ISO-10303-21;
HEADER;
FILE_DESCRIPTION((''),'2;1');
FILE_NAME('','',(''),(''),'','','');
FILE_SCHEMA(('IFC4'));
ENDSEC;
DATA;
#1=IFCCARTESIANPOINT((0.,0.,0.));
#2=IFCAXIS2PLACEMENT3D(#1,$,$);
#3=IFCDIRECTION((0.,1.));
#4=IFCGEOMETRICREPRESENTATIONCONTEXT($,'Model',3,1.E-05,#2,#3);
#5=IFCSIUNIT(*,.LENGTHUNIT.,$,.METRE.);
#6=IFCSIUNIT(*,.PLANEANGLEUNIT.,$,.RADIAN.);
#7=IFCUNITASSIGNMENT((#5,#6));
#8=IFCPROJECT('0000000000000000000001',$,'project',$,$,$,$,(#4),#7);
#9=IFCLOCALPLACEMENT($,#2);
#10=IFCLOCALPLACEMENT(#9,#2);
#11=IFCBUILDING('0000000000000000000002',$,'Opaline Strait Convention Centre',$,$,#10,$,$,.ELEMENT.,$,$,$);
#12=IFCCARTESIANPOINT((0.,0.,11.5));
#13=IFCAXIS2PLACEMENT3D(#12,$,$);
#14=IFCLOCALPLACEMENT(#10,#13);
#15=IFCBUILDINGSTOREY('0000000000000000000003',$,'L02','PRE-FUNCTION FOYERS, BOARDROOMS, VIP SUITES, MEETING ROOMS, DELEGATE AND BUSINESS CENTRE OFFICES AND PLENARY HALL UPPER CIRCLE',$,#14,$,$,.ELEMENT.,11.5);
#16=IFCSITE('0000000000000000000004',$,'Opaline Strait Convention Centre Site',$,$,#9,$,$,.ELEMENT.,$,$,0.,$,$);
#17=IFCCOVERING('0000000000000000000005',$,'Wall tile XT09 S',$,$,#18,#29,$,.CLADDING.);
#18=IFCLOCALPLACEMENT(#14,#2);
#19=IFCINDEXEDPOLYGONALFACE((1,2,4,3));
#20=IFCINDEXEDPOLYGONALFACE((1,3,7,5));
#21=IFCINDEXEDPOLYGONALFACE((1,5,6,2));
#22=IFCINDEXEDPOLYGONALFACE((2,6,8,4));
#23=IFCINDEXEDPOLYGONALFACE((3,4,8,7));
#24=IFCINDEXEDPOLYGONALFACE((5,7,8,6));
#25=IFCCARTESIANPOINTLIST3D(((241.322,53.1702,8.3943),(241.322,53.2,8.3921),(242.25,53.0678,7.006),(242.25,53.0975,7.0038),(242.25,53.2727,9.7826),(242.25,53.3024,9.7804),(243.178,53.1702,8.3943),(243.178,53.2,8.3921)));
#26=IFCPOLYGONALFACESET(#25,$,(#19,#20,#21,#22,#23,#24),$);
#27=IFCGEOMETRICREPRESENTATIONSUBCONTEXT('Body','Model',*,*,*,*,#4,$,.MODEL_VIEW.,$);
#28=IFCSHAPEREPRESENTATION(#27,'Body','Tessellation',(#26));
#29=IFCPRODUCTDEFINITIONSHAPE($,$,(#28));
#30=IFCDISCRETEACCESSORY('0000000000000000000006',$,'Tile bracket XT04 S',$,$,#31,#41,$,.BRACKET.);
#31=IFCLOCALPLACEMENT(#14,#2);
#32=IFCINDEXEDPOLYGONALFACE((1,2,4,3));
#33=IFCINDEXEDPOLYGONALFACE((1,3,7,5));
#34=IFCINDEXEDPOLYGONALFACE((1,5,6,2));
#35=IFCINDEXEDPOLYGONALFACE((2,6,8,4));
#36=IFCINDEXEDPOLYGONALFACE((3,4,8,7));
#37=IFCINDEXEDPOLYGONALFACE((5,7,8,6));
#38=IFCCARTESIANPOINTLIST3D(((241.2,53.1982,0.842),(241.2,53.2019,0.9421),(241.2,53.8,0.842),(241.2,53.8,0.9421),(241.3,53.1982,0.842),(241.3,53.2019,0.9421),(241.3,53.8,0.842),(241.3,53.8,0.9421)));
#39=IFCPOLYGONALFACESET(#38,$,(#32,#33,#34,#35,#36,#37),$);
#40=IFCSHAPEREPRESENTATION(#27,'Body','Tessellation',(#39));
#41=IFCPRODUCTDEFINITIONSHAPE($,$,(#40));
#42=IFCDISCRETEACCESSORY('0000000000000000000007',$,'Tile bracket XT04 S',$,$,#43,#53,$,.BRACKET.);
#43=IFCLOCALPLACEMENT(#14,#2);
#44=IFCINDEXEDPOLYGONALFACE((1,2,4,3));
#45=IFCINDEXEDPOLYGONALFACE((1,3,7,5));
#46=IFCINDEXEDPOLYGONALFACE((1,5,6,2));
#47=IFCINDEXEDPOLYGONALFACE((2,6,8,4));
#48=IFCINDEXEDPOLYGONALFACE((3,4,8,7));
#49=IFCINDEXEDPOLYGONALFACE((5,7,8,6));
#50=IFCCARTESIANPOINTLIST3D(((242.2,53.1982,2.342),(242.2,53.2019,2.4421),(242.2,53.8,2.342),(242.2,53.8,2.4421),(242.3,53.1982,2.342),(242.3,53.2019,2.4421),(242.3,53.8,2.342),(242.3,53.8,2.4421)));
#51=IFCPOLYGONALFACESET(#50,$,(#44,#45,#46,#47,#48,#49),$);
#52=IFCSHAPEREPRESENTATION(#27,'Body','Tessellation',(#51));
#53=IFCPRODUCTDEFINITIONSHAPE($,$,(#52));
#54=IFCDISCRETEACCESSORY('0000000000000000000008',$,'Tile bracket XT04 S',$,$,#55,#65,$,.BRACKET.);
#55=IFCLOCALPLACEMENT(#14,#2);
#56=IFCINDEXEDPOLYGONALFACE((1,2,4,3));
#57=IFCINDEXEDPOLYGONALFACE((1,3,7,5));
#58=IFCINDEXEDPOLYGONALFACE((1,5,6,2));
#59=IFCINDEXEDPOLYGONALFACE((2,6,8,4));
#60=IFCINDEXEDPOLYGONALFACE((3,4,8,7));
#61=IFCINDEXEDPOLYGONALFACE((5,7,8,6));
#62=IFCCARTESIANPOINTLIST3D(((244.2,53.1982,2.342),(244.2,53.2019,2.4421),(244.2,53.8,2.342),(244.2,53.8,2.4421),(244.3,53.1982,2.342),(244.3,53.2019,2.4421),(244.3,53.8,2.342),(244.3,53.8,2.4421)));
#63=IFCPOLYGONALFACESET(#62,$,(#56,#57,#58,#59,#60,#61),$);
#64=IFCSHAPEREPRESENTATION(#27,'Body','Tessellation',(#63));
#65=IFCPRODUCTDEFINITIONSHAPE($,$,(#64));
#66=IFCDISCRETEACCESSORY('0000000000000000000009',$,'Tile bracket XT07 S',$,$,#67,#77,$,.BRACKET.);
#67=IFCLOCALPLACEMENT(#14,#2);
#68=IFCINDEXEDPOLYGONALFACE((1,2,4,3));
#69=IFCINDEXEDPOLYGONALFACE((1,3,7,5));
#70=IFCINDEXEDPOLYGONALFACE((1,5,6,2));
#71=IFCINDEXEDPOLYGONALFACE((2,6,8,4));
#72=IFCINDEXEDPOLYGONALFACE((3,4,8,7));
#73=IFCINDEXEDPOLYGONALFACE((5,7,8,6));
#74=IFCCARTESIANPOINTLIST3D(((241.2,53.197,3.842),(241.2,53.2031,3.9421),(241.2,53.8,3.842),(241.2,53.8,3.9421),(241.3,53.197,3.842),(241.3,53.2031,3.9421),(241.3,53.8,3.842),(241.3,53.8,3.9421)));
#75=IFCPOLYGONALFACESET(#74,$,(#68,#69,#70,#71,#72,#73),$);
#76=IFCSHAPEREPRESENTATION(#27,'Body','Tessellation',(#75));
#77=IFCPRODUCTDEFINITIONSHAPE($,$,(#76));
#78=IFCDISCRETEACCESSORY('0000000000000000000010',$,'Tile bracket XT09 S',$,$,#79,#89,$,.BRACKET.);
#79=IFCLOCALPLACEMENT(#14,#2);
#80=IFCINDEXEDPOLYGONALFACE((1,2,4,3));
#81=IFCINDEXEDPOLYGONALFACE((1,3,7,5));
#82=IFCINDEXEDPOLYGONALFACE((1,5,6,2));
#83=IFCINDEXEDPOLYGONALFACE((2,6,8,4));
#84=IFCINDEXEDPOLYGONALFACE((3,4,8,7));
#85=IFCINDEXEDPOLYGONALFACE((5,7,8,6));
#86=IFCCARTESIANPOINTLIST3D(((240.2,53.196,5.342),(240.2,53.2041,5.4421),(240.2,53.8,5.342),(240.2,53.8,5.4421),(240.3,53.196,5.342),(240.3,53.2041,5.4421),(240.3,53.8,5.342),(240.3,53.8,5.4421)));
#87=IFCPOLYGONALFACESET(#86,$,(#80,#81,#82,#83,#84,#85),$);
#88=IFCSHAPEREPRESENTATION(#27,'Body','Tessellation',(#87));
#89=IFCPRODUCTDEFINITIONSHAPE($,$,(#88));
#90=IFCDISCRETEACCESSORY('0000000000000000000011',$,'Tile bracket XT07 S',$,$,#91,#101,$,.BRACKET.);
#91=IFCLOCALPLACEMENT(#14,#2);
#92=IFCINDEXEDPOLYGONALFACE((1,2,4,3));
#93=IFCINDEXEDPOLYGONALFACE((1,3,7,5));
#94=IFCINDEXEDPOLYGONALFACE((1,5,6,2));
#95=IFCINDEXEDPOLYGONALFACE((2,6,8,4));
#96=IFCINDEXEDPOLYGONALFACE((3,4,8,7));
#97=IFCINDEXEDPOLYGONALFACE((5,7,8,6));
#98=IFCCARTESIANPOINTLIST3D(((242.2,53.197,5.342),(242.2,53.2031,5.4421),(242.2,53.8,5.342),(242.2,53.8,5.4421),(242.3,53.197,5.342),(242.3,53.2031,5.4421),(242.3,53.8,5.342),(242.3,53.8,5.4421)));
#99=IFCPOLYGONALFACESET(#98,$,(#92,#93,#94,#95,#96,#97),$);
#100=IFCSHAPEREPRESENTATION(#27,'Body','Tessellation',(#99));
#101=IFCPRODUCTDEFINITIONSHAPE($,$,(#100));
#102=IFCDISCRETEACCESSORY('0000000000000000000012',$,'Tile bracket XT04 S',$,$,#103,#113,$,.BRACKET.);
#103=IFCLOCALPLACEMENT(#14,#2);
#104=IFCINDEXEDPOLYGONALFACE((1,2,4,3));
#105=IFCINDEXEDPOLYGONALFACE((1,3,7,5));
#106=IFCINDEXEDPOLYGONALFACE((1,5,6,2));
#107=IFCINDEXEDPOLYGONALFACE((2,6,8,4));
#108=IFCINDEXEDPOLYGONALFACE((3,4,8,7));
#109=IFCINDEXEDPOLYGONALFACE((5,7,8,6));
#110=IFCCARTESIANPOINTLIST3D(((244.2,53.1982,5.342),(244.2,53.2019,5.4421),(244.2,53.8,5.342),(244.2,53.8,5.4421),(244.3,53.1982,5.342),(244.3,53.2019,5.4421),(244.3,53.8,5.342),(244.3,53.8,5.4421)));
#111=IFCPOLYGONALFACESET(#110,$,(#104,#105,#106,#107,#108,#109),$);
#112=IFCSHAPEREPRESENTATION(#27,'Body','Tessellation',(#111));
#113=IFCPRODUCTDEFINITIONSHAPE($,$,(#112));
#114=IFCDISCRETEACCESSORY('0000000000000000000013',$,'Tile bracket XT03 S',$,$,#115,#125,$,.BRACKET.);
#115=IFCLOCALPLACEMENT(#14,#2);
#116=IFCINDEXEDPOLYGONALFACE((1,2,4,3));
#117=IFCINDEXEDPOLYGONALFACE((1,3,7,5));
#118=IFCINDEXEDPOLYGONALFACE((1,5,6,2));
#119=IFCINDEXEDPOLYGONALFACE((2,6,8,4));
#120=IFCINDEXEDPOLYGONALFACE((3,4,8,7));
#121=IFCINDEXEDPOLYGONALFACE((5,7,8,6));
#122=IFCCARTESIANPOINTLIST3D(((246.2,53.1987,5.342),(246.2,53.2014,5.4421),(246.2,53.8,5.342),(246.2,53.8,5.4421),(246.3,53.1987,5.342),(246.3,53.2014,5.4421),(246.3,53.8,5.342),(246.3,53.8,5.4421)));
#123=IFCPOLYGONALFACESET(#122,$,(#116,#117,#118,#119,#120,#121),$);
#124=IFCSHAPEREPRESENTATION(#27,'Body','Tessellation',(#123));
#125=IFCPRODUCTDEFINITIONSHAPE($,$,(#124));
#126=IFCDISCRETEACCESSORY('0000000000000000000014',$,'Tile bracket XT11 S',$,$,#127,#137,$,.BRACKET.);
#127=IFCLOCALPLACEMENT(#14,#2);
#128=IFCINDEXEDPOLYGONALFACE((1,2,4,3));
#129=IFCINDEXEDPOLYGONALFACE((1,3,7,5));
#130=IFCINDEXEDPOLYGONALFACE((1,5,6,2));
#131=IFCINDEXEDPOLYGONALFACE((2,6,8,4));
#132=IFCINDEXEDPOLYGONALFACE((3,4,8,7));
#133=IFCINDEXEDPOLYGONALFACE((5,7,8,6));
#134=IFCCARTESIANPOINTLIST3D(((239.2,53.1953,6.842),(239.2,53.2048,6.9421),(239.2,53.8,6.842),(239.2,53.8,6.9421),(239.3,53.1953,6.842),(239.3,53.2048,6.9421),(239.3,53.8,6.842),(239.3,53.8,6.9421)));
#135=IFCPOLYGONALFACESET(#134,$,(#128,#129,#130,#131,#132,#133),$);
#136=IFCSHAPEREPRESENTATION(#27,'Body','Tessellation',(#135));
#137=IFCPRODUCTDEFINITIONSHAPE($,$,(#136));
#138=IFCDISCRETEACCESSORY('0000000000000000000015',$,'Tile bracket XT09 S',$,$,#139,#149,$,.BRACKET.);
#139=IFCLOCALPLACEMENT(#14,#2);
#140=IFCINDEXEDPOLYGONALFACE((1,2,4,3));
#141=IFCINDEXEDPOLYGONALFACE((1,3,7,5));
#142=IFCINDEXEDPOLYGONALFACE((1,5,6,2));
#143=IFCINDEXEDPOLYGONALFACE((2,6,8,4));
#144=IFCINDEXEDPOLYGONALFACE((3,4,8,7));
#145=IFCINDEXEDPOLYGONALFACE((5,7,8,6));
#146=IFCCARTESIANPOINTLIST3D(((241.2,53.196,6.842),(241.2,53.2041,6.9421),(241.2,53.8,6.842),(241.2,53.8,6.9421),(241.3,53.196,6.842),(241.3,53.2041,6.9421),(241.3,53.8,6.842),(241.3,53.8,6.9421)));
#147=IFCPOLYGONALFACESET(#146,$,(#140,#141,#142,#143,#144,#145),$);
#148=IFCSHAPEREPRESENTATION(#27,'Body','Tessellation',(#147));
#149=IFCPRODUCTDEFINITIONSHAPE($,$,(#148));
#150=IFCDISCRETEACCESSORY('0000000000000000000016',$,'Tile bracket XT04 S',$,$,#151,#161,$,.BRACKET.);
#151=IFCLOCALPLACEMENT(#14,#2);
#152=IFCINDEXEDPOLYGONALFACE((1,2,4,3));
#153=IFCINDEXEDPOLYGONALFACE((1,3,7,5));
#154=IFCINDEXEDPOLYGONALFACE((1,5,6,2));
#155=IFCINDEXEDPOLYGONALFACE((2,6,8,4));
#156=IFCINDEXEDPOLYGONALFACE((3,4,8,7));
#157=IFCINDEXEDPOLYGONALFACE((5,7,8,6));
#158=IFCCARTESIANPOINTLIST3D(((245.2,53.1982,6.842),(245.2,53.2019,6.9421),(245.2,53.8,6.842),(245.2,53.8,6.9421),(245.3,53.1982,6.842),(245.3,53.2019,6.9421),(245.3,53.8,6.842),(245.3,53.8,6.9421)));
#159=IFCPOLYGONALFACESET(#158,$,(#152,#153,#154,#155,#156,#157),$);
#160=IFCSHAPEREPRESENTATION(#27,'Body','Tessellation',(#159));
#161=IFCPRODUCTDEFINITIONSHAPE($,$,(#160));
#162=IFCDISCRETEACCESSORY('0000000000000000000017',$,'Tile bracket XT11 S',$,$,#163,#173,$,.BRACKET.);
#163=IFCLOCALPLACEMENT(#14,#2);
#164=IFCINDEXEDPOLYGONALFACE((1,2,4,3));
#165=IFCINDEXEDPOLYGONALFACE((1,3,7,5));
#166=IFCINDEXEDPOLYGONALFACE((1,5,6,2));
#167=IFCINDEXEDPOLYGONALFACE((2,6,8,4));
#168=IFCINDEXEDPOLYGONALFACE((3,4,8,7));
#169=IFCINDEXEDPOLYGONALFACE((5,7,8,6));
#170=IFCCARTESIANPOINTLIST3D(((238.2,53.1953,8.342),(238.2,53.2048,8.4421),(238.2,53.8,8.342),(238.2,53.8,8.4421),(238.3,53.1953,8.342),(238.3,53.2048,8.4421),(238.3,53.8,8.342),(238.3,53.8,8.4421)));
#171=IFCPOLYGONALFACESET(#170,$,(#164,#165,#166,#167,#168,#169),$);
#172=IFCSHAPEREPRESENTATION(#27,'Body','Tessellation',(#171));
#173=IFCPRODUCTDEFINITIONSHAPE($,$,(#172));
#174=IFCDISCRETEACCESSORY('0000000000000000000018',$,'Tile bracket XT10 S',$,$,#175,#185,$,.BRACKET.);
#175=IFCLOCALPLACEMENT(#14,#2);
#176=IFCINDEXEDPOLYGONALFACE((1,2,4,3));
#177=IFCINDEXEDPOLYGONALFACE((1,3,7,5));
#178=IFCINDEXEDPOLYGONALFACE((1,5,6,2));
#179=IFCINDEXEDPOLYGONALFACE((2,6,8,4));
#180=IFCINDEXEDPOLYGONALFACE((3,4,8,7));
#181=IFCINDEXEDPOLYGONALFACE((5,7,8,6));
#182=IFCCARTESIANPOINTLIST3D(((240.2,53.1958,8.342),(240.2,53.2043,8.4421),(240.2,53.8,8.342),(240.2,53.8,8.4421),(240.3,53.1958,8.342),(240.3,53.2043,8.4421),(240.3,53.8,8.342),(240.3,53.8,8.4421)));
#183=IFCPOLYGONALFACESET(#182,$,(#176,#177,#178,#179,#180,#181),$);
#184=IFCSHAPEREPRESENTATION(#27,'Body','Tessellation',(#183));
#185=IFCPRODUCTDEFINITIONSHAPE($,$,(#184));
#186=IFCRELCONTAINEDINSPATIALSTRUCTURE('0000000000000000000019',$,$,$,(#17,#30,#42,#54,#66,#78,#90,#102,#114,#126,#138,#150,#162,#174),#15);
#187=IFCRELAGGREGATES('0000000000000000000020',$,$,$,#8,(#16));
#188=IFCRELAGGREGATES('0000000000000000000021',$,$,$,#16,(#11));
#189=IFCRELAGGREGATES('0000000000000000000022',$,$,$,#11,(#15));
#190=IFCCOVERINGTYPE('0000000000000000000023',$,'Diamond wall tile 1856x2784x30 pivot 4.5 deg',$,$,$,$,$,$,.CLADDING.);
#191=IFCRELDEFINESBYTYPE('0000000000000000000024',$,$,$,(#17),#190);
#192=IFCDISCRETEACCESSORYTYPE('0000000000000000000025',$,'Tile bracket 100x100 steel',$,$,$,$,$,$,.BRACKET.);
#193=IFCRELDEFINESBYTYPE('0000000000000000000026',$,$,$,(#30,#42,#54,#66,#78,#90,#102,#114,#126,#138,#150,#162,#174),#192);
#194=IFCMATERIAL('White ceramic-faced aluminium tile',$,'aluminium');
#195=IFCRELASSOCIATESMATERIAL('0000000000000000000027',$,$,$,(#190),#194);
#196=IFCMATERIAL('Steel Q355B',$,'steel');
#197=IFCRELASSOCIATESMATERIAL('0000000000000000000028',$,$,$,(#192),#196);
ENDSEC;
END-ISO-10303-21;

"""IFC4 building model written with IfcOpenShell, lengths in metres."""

from ifc_helpers import new_model, si_unit, direction, frame, origin, place, context, subcontext, project, spatial, polyline, outline, extrude, material, material_profile, profile_set, type_object, element, save


model = new_model("IFC4")

# Units and contexts
model_context = context("Model", 3, precision=1e-05, world=origin(), true_north=direction((0.0, 1.0)))
body_context = subcontext(model_context, "Body", "Model", "MODEL_VIEW")
ifc_project = project(units=[si_unit("LENGTHUNIT", "METRE"), si_unit("PLANEANGLEUNIT", "RADIAN")], contexts=[model_context])

# Site, building, storey
site_placement = place(None, origin())
site = spatial("IfcSite", under=ifc_project, at=site_placement, Name="Opaline Strait Convention Centre Site", CompositionType="ELEMENT", RefElevation=0.0)
building_placement = place(site_placement, origin())
building = spatial("IfcBuilding", under=site, at=building_placement, Name="Opaline Strait Convention Centre", CompositionType="ELEMENT")
storey_placement = place(building_placement, frame((0.0, 0.0, 11.5)))
storey = spatial("IfcBuildingStorey", under=building, at=storey_placement, Name="L02", Description="PRE-FUNCTION FOYERS, BOARDROOMS, VIP SUITES, MEETING ROOMS, DELEGATE AND BUSINESS CENTRE OFFICES AND PLENARY HALL UPPER CIRCLE", CompositionType="ELEMENT", Elevation=11.5)

# Shared definitions
ifc_material_1 = material(Name="Steel Q355B", Category="steel")

# Covering
ifc_material_2 = material(Name="White ceramic-faced aluminium tile", Category="aluminium")
ifc_material_profile_1 = material_profile(ifc_material_2, outline(polyline([(0.928, 0.0), (0.0, 1.3921), (-0.928, 0.0), (0.0, -1.3921), (0.928, 0.0)])), Name="Diamond tile 1856x2784")
ifc_profile_set_1 = profile_set([ifc_material_profile_1], Name="White ceramic-faced aluminium tile")
covering_type_1 = type_object("IfcCoveringType", Name="Diamond wall tile 1856x2784x30 pivot 4.5 deg", PredefinedType="CLADDING", material=ifc_profile_set_1)
covering_1_placement = place(storey_placement, frame((242.25, 53.2, 8.3921), z_axis=(0.0, -0.99729, 0.073571), x_axis=(1.0, 0.0, 0.0)))
element("IfcCovering", 1, at=covering_1_placement, inside=storey, type_object=covering_type_1, Name="Wall tile XT09 S", PredefinedType="CLADDING", context=body_context, shape_type="SweptSolid", body=[
    extrude(outline(polyline([(0.928, 0.0), (0.0, 1.3921), (-0.928, 0.0), (0.0, -1.3921), (0.928, 0.0)])), origin(), (0.0, 0.0, 1.0), 0.0298),
])

# Discrete accessories
discrete_accessory_type = type_object("IfcDiscreteAccessoryType", Name="Tile bracket 100x100 steel", PredefinedType="BRACKET", material=ifc_material_1)
for number, where, z_axis, x_axis, name in (
    (2, (241.2, 53.8, 0.8921), (1.0, 0.0, 0.0), (0.0, 1.0, 0.0), "Tile bracket XT04 S"),
    (3, (242.2, 53.8, 2.3921), (1.0, 0.0, 0.0), (0.0, 1.0, 0.0), "Tile bracket XT04 S"),
    (4, (244.2, 53.8, 2.3921), (1.0, 0.0, 0.0), (0.0, 1.0, 0.0), "Tile bracket XT04 S"),
):
    element("IfcDiscreteAccessory", number, at=place(storey_placement, frame(where, z_axis=z_axis, x_axis=x_axis)), inside=storey, type_object=discrete_accessory_type, Name=name, PredefinedType="BRACKET", context=body_context, shape_type="SweptSolid", body=[
        extrude(outline(polyline([(0.0, -0.05), (0.0, 0.05), (-0.5981, 0.05), (-0.6018, -0.05), (0.0, -0.05)])), origin(), (0.0, 0.0, 1.0), 0.1001),
    ])
discrete_accessory_1_placement = place(storey_placement, frame((241.2, 53.8, 3.8921), z_axis=(1.0, 0.0, 0.0), x_axis=(0.0, 1.0, 0.0)))
element("IfcDiscreteAccessory", 5, at=discrete_accessory_1_placement, inside=storey, type_object=discrete_accessory_type, Name="Tile bracket XT07 S", PredefinedType="BRACKET", context=body_context, shape_type="SweptSolid", body=[
    extrude(outline(polyline([(0.0, -0.05), (0.0, 0.05), (-0.5969, 0.05), (-0.603, -0.05), (0.0, -0.05)])), origin(), (0.0, 0.0, 1.0), 0.1001),
])
discrete_accessory_2_placement = place(storey_placement, frame((240.2, 53.8, 5.3921), z_axis=(1.0, 0.0, 0.0), x_axis=(0.0, 1.0, 0.0)))
element("IfcDiscreteAccessory", 6, at=discrete_accessory_2_placement, inside=storey, type_object=discrete_accessory_type, Name="Tile bracket XT09 S", PredefinedType="BRACKET", context=body_context, shape_type="SweptSolid", body=[
    extrude(outline(polyline([(0.0, -0.05), (0.0, 0.05), (-0.5959, 0.05), (-0.604, -0.05), (0.0, -0.05)])), origin(), (0.0, 0.0, 1.0), 0.1001),
])
discrete_accessory_3_placement = place(storey_placement, frame((242.2, 53.8, 5.3921), z_axis=(1.0, 0.0, 0.0), x_axis=(0.0, 1.0, 0.0)))
element("IfcDiscreteAccessory", 7, at=discrete_accessory_3_placement, inside=storey, type_object=discrete_accessory_type, Name="Tile bracket XT07 S", PredefinedType="BRACKET", context=body_context, shape_type="SweptSolid", body=[
    extrude(outline(polyline([(0.0, -0.05), (0.0, 0.05), (-0.5969, 0.05), (-0.603, -0.05), (0.0, -0.05)])), origin(), (0.0, 0.0, 1.0), 0.1001),
])
discrete_accessory_4_placement = place(storey_placement, frame((244.2, 53.8, 5.3921), z_axis=(1.0, 0.0, 0.0), x_axis=(0.0, 1.0, 0.0)))
element("IfcDiscreteAccessory", 8, at=discrete_accessory_4_placement, inside=storey, type_object=discrete_accessory_type, Name="Tile bracket XT04 S", PredefinedType="BRACKET", context=body_context, shape_type="SweptSolid", body=[
    extrude(outline(polyline([(0.0, -0.05), (0.0, 0.05), (-0.5981, 0.05), (-0.6018, -0.05), (0.0, -0.05)])), origin(), (0.0, 0.0, 1.0), 0.1001),
])
discrete_accessory_5_placement = place(storey_placement, frame((246.2, 53.8, 5.3921), z_axis=(1.0, 0.0, 0.0), x_axis=(0.0, 1.0, 0.0)))
element("IfcDiscreteAccessory", 9, at=discrete_accessory_5_placement, inside=storey, type_object=discrete_accessory_type, Name="Tile bracket XT03 S", PredefinedType="BRACKET", context=body_context, shape_type="SweptSolid", body=[
    extrude(outline(polyline([(0.0, -0.05), (0.0, 0.05), (-0.5986, 0.05), (-0.6013, -0.05), (0.0, -0.05)])), origin(), (0.0, 0.0, 1.0), 0.1001),
])
discrete_accessory_6_placement = place(storey_placement, frame((239.2, 53.8, 6.8921), z_axis=(1.0, 0.0, 0.0), x_axis=(0.0, 1.0, 0.0)))
element("IfcDiscreteAccessory", 10, at=discrete_accessory_6_placement, inside=storey, type_object=discrete_accessory_type, Name="Tile bracket XT11 S", PredefinedType="BRACKET", context=body_context, shape_type="SweptSolid", body=[
    extrude(outline(polyline([(0.0, -0.05), (0.0, 0.05), (-0.5952, 0.05), (-0.6047, -0.05), (0.0, -0.05)])), origin(), (0.0, 0.0, 1.0), 0.1001),
])
discrete_accessory_7_placement = place(storey_placement, frame((241.2, 53.8, 6.8921), z_axis=(1.0, 0.0, 0.0), x_axis=(0.0, 1.0, 0.0)))
element("IfcDiscreteAccessory", 11, at=discrete_accessory_7_placement, inside=storey, type_object=discrete_accessory_type, Name="Tile bracket XT09 S", PredefinedType="BRACKET", context=body_context, shape_type="SweptSolid", body=[
    extrude(outline(polyline([(0.0, -0.05), (0.0, 0.05), (-0.5959, 0.05), (-0.604, -0.05), (0.0, -0.05)])), origin(), (0.0, 0.0, 1.0), 0.1001),
])
discrete_accessory_8_placement = place(storey_placement, frame((245.2, 53.8, 6.8921), z_axis=(1.0, 0.0, 0.0), x_axis=(0.0, 1.0, 0.0)))
element("IfcDiscreteAccessory", 12, at=discrete_accessory_8_placement, inside=storey, type_object=discrete_accessory_type, Name="Tile bracket XT04 S", PredefinedType="BRACKET", context=body_context, shape_type="SweptSolid", body=[
    extrude(outline(polyline([(0.0, -0.05), (0.0, 0.05), (-0.5981, 0.05), (-0.6018, -0.05), (0.0, -0.05)])), origin(), (0.0, 0.0, 1.0), 0.1001),
])
discrete_accessory_9_placement = place(storey_placement, frame((238.2, 53.8, 8.3921), z_axis=(1.0, 0.0, 0.0), x_axis=(0.0, 1.0, 0.0)))
element("IfcDiscreteAccessory", 13, at=discrete_accessory_9_placement, inside=storey, type_object=discrete_accessory_type, Name="Tile bracket XT11 S", PredefinedType="BRACKET", context=body_context, shape_type="SweptSolid", body=[
    extrude(outline(polyline([(0.0, -0.05), (0.0, 0.05), (-0.5952, 0.05), (-0.6047, -0.05), (0.0, -0.05)])), origin(), (0.0, 0.0, 1.0), 0.1001),
])
discrete_accessory_10_placement = place(storey_placement, frame((240.2, 53.8, 8.3921), z_axis=(1.0, 0.0, 0.0), x_axis=(0.0, 1.0, 0.0)))
element("IfcDiscreteAccessory", 14, at=discrete_accessory_10_placement, inside=storey, type_object=discrete_accessory_type, Name="Tile bracket XT10 S", PredefinedType="BRACKET", context=body_context, shape_type="SweptSolid", body=[
    extrude(outline(polyline([(0.0, -0.05), (0.0, 0.05), (-0.5957, 0.05), (-0.6042, -0.05), (0.0, -0.05)])), origin(), (0.0, 0.0, 1.0), 0.1001),
])

save(model, "model.ifc")
